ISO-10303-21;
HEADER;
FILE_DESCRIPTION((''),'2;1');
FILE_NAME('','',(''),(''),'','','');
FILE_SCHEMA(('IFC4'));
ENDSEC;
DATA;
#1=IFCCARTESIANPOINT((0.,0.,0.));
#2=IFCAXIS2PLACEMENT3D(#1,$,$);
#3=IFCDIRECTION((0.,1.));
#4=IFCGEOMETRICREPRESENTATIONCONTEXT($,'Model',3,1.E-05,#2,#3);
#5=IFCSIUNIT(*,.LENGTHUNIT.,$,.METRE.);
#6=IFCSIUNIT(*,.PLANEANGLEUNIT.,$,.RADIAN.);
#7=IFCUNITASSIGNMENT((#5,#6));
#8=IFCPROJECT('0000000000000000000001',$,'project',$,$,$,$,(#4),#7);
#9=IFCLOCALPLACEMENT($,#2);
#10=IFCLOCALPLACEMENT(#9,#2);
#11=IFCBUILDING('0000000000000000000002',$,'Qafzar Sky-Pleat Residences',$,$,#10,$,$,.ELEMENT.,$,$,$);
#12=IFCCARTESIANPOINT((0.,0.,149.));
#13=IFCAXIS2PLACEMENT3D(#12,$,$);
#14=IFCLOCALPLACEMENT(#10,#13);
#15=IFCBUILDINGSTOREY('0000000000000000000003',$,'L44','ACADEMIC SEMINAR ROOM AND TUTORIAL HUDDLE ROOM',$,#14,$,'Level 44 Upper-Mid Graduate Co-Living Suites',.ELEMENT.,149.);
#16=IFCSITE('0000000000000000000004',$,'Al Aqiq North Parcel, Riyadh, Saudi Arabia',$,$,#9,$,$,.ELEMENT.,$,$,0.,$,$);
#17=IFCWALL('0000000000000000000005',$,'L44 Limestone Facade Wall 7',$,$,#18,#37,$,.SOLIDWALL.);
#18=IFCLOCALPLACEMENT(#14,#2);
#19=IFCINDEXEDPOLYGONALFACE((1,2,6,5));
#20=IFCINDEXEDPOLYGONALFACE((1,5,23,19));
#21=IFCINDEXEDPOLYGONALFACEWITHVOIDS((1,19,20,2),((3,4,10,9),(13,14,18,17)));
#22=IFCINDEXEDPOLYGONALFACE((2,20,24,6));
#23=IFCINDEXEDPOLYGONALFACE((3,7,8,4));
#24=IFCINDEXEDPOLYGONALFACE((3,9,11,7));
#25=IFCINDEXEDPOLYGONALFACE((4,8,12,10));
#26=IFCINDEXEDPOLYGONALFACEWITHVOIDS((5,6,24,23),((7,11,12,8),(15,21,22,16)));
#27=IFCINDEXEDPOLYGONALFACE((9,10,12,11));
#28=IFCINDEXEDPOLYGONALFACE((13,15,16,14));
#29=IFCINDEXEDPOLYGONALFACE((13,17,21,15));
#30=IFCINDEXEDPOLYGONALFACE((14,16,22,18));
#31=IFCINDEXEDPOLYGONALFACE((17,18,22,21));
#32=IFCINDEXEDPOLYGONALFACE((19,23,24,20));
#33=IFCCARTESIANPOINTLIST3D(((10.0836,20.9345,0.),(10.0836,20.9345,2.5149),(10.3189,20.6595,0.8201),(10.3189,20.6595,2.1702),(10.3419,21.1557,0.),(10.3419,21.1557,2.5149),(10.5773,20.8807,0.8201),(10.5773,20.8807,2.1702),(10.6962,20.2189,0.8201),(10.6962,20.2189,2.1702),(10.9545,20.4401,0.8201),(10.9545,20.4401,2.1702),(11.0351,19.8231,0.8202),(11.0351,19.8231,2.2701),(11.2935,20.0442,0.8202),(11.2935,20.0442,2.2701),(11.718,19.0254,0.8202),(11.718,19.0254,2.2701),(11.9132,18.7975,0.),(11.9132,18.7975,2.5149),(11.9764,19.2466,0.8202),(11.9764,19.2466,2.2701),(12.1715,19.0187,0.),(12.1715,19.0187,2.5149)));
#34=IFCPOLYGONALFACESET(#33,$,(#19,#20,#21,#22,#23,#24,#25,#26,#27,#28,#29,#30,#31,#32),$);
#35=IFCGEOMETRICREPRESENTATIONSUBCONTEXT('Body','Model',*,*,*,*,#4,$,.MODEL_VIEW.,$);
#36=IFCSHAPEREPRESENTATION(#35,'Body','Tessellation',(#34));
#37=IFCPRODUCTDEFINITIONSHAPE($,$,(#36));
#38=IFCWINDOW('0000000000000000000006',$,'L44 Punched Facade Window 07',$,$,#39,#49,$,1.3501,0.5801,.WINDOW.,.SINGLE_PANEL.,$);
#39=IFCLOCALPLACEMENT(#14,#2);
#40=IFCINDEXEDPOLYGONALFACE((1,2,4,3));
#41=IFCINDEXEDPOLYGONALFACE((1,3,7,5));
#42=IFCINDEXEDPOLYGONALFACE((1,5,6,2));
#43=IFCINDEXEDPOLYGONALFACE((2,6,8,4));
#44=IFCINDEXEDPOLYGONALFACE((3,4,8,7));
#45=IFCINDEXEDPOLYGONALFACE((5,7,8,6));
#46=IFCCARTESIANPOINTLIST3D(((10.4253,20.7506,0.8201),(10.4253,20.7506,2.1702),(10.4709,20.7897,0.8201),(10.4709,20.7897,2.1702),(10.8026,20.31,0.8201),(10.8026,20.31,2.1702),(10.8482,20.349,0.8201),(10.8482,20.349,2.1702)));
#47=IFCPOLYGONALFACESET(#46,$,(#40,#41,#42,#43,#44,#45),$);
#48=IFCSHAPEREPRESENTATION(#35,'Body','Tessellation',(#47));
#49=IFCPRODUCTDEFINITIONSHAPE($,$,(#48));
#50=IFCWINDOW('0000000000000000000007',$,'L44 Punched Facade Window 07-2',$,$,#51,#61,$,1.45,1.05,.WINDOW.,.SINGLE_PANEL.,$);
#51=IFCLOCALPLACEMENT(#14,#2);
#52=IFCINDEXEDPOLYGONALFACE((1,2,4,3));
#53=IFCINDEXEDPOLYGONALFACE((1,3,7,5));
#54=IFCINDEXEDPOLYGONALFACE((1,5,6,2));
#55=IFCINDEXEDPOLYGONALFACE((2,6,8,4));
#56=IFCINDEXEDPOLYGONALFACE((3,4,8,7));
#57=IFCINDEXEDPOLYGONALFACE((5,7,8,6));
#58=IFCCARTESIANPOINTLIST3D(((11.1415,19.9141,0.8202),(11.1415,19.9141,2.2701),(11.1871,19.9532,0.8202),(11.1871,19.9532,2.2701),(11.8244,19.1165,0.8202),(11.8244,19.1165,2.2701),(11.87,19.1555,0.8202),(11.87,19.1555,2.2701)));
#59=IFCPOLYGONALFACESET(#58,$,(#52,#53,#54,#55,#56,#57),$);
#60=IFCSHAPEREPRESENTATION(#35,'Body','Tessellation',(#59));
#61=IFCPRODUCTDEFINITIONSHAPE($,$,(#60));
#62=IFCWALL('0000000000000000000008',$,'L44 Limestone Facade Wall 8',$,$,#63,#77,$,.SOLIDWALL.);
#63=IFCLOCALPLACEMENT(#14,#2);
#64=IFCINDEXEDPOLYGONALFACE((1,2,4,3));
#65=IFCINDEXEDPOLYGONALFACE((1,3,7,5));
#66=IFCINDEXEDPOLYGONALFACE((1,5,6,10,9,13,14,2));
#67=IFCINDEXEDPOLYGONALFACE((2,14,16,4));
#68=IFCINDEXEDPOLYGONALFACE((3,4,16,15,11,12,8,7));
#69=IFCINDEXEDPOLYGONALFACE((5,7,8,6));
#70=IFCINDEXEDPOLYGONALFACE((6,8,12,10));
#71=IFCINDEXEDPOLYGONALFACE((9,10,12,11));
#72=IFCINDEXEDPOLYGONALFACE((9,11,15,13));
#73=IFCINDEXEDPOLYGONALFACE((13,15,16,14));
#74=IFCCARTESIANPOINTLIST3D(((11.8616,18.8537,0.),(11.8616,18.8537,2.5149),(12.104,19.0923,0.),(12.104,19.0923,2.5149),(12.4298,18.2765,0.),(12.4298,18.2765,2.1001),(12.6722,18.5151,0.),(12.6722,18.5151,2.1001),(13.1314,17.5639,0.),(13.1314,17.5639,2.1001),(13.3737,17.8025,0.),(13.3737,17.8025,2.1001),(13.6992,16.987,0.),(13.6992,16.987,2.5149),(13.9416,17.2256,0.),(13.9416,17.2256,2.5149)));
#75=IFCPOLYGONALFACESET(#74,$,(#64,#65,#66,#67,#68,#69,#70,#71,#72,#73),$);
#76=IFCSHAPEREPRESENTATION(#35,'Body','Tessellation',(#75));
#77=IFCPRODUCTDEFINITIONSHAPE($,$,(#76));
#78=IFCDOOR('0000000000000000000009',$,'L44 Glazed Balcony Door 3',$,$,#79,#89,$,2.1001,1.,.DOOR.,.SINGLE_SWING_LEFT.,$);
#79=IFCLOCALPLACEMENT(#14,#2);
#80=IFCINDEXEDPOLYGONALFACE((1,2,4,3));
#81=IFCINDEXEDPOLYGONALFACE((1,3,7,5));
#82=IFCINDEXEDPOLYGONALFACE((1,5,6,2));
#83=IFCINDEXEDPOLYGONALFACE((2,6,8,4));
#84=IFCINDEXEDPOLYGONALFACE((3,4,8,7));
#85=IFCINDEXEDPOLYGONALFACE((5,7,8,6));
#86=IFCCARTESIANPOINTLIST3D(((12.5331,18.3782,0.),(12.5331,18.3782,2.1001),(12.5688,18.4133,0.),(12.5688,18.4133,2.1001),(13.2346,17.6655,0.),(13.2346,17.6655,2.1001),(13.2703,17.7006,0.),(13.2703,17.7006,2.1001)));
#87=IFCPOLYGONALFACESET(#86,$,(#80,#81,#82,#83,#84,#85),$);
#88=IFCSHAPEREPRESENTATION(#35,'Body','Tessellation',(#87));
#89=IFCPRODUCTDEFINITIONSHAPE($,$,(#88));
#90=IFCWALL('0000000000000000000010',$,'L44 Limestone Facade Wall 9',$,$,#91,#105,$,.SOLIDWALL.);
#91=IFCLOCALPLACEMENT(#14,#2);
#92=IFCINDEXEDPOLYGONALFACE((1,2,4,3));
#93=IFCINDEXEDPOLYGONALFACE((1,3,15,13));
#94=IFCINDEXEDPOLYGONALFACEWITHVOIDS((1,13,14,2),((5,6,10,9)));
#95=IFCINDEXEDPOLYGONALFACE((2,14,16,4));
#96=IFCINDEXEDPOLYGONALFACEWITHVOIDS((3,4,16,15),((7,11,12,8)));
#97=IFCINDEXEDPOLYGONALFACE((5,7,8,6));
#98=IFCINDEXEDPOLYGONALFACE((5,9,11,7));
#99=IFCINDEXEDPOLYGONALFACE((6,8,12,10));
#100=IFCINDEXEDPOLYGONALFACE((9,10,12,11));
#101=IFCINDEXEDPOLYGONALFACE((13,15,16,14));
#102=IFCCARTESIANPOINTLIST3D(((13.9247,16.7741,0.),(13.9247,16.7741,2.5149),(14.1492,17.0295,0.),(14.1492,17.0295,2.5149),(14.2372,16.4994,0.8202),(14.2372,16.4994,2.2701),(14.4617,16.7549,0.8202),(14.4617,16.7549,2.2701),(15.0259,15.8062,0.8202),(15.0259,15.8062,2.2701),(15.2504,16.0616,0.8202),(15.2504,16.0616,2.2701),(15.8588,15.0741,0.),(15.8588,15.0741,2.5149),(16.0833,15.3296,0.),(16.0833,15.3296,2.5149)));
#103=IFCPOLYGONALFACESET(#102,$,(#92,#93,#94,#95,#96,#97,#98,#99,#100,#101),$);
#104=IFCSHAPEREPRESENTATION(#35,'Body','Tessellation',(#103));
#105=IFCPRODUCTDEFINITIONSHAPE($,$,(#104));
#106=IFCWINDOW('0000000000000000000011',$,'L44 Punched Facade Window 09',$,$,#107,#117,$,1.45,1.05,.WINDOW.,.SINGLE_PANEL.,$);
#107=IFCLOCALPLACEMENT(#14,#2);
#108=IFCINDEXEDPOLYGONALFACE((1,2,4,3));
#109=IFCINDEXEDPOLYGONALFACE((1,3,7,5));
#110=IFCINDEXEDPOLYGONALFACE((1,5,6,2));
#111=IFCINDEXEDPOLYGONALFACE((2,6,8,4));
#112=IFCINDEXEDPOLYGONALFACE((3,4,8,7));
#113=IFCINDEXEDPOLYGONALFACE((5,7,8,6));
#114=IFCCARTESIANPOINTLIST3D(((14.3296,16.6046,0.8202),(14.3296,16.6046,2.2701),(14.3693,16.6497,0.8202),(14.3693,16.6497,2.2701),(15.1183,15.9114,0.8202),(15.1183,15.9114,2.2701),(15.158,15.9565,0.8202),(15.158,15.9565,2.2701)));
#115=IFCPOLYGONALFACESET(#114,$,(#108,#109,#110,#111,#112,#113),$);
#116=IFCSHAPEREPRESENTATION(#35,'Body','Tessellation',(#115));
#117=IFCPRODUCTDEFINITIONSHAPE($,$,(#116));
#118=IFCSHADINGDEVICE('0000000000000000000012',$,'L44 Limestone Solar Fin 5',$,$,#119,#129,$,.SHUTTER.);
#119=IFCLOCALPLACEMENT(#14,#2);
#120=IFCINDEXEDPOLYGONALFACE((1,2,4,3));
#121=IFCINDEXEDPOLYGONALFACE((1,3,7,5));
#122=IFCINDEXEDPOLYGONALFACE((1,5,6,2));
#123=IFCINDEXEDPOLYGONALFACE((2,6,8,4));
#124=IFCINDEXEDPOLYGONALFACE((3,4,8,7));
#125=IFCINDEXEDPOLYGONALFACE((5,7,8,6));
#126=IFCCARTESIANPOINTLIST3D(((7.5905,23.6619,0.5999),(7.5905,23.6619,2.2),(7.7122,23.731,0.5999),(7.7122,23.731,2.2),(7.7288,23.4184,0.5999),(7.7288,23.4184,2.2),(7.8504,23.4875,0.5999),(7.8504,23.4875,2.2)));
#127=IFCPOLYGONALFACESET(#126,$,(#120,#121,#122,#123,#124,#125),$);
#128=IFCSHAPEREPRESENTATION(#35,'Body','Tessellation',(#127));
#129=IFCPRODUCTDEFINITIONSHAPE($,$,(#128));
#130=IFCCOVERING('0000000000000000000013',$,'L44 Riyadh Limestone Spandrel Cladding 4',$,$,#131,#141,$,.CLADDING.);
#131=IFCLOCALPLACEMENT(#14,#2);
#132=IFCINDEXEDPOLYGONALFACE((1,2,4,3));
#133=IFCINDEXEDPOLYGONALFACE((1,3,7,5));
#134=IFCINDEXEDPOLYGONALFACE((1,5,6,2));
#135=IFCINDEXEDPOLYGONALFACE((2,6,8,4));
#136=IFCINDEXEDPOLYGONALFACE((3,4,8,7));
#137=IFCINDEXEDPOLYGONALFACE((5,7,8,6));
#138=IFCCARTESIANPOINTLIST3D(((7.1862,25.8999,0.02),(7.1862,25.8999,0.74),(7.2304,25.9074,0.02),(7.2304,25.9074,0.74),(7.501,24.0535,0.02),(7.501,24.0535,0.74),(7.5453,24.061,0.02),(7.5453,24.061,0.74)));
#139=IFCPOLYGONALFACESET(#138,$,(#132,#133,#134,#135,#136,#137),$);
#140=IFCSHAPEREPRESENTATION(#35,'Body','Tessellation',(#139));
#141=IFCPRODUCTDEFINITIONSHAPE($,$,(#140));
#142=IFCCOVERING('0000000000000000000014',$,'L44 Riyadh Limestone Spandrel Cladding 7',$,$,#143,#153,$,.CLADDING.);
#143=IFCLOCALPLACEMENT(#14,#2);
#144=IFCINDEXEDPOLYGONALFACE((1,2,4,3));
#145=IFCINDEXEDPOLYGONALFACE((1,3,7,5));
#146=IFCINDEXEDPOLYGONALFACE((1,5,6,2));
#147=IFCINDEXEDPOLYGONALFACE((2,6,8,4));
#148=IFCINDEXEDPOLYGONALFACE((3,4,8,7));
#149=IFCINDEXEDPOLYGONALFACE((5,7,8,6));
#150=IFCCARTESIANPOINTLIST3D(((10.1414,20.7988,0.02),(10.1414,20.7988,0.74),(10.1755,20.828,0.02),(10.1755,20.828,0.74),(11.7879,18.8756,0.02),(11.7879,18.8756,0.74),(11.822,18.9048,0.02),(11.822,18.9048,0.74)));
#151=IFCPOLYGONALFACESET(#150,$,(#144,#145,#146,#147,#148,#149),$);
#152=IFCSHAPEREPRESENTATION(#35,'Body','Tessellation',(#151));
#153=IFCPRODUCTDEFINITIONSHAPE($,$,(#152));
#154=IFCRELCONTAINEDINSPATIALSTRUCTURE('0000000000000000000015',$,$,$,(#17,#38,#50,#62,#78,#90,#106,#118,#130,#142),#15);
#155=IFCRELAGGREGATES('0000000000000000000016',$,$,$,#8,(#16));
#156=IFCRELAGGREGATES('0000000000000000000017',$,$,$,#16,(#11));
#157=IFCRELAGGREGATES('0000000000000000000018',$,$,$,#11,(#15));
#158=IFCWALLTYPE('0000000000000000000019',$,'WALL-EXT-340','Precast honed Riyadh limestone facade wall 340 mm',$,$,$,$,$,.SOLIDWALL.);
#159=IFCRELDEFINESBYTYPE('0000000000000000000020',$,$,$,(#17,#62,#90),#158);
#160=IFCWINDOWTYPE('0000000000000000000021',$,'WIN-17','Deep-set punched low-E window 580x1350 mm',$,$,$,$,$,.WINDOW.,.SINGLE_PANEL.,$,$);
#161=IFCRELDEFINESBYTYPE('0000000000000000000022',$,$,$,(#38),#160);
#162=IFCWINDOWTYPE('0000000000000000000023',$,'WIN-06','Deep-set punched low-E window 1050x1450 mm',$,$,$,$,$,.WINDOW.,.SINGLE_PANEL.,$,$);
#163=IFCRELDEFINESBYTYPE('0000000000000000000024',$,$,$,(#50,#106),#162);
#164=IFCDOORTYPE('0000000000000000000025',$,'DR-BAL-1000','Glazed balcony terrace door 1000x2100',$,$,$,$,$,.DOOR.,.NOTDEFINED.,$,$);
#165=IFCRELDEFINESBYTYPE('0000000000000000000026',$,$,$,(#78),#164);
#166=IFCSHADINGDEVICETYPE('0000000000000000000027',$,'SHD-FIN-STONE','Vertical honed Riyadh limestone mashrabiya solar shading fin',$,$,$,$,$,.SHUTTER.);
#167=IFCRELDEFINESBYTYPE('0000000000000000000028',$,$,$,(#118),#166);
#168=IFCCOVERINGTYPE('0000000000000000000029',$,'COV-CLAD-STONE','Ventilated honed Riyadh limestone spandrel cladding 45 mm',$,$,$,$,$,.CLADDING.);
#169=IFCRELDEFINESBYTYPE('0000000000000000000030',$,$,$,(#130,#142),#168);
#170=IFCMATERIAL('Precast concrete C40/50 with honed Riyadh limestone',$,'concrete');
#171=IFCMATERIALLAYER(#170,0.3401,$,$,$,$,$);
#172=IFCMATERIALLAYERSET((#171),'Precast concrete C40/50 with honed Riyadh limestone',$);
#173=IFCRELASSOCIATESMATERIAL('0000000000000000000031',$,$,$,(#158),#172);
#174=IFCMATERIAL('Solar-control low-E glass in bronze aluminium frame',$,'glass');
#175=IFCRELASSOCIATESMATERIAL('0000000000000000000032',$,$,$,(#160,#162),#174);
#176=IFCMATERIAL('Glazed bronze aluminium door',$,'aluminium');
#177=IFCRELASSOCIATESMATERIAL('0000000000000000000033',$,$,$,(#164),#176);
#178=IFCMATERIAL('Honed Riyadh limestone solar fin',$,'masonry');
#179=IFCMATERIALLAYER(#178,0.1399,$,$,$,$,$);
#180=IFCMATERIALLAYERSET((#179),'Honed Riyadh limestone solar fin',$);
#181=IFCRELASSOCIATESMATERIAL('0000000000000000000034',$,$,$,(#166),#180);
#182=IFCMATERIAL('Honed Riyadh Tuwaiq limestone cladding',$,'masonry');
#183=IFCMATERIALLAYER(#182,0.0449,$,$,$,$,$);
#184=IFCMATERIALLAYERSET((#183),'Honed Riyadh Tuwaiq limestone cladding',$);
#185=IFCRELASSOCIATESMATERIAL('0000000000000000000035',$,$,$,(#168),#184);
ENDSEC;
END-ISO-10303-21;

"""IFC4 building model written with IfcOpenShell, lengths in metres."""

from ifc_helpers import new_model, si_unit, direction, frame, frame_2d, origin, origin_2d, place, context, subcontext, project, spatial, rectangle, extrude, source, transform, mapped, material, layer, layer_set, type_object, element, fill, save


model = new_model("IFC4")

# Units and contexts
model_context = context("Model", 3, precision=1e-05, world=origin(), true_north=direction((0.0, 1.0)))
body_context = subcontext(model_context, "Body", "Model", "MODEL_VIEW")
ifc_project = project(units=[si_unit("LENGTHUNIT", "METRE"), si_unit("PLANEANGLEUNIT", "RADIAN")], contexts=[model_context])

# Site, building, storey
site_placement = place(None, origin())
site = spatial("IfcSite", under=ifc_project, at=site_placement, Name="Al Aqiq North Parcel, Riyadh, Saudi Arabia", CompositionType="ELEMENT", RefElevation=0.0)
building_placement = place(site_placement, origin())
building = spatial("IfcBuilding", under=site, at=building_placement, Name="Qafzar Sky-Pleat Residences", CompositionType="ELEMENT")
storey_placement = place(building_placement, frame((0.0, 0.0, 149.0)))
storey = spatial("IfcBuildingStorey", under=building, at=storey_placement, Name="L44", Description="ACADEMIC SEMINAR ROOM AND TUTORIAL HUDDLE ROOM", LongName="Level 44 Upper-Mid Graduate Co-Living Suites", CompositionType="ELEMENT", Elevation=149.0)

# Shared definitions
ifc_material_1 = material(Name="Precast concrete C40/50 with honed Riyadh limestone", Category="concrete")
ifc_layer_1 = layer(ifc_material_1, 0.3401)
ifc_layer_set_1 = layer_set([ifc_layer_1], Name="Precast concrete C40/50 with honed Riyadh limestone")
wall_type_1 = type_object("IfcWallType", Name="WALL-EXT-340", Description="Precast honed Riyadh limestone facade wall 340 mm", PredefinedType="SOLIDWALL", material=ifc_layer_set_1)
ifc_material_2 = material(Name="Solar-control low-E glass in bronze aluminium frame", Category="glass")

# Wall, openings, windows
wall_1_placement = place(storey_placement, frame((10.2126, 21.0452, 0.0), z_axis=(0.0, 0.0, 1.0), x_axis=(0.650362, -0.759624, 0.0)))
wall_1 = element("IfcWall", 1, at=wall_1_placement, inside=storey, type_object=wall_type_1, Name="L44 Limestone Facade Wall 7", PredefinedType="SOLIDWALL", context=body_context, shape_type="SweptSolid", body=[
    extrude(rectangle(XDim=2.8132, YDim=0.3401, at=frame_2d((1.4067, 0.0))), origin(), (0.0, 0.0, 1.0), 2.5149),
])
opening_1_placement = place(wall_1_placement, frame((0.3621, 0.0, 0.8201)))
opening_1 = element("IfcOpeningElement", 2, at=opening_1_placement, cuts=wall_1, PredefinedType="OPENING", context=body_context, shape_type="SweptSolid", body=[
    extrude(rectangle(XDim=0.5801, YDim=1.3501, at=frame_2d((0.29, 0.675))), frame((0.0, 0.1802, 0.0), z_axis=(0.0, -1.0, 0.0), x_axis=(1.0, 0.0, 0.0)), (0.0, 0.0, 1.0), 0.3601),
])
opening_2_placement = place(wall_1_placement, frame((1.4634, 0.0, 0.8201)))
opening_2 = element("IfcOpeningElement", 3, at=opening_2_placement, cuts=wall_1, PredefinedType="OPENING", context=body_context, shape_type="SweptSolid", body=[
    extrude(rectangle(XDim=1.05, YDim=1.45, at=frame_2d((0.5249, 0.7251))), frame((0.0, 0.1802, 0.0), z_axis=(0.0, -1.0, 0.0), x_axis=(1.0, 0.0, 0.0)), (0.0, 0.0, 1.0), 0.3601),
])
window_type_1 = type_object("IfcWindowType", Name="WIN-17", Description="Deep-set punched low-E window 580x1350 mm", PartitioningType="SINGLE_PANEL", PredefinedType="WINDOW", material=ifc_material_2)
shared_shape_1 = source(origin(), body_context, "Body", "SweptSolid", [
    extrude(rectangle(XDim=0.5801, YDim=1.3501, at=frame_2d((0.29, 0.675))), frame((0.0, 0.03, 0.0), z_axis=(0.0, -1.0, 0.0), x_axis=(1.0, 0.0, 0.0)), (0.0, 0.0, 1.0), 0.0601),
])
window_1_placement = place(opening_1_placement, origin())
window_1 = element("IfcWindow", 4, at=window_1_placement, inside=storey, type_object=window_type_1, Name="L44 Punched Facade Window 07", OverallHeight=1.3501, OverallWidth=0.5801, PartitioningType="SINGLE_PANEL", PredefinedType="WINDOW", context=body_context, shape_type="MappedRepresentation", body=[
    mapped(shared_shape_1, transform((0.0, 0.0, 0.0), x_axis=(1.0, 0.0, 0.0), y_axis=(0.0, 1.0, 0.0), z_axis=(0.0, 0.0, 1.0), scale=1.0)),
])
fill(opening_1, window_1)
window_type_2 = type_object("IfcWindowType", Name="WIN-06", Description="Deep-set punched low-E window 1050x1450 mm", PartitioningType="SINGLE_PANEL", PredefinedType="WINDOW", material=ifc_material_2)
shared_shape_2 = source(origin(), body_context, "Body", "SweptSolid", [
    extrude(rectangle(XDim=1.05, YDim=1.45, at=frame_2d((0.5249, 0.7251))), frame((0.0, 0.03, 0.0), z_axis=(0.0, -1.0, 0.0), x_axis=(1.0, 0.0, 0.0)), (0.0, 0.0, 1.0), 0.0601),
])
window_2_placement = place(opening_2_placement, origin())
window_2 = element("IfcWindow", 5, at=window_2_placement, inside=storey, type_object=window_type_2, Name="L44 Punched Facade Window 07-2", OverallHeight=1.45, OverallWidth=1.05, PartitioningType="SINGLE_PANEL", PredefinedType="WINDOW", context=body_context, shape_type="MappedRepresentation", body=[
    mapped(shared_shape_2, transform((0.0, 0.0, 0.0), x_axis=(1.0, 0.0, 0.0), y_axis=(0.0, 1.0, 0.0), z_axis=(0.0, 0.0, 1.0), scale=1.0)),
])
fill(opening_2, window_2)

# Wall, opening, door
wall_2_placement = place(storey_placement, frame((11.9829, 18.9729, 0.0), z_axis=(0.0, 0.0, 1.0), x_axis=(0.701539, -0.712631, 0.0)))
wall_2 = element("IfcWall", 6, at=wall_2_placement, inside=storey, type_object=wall_type_1, Name="L44 Limestone Facade Wall 8", PredefinedType="SOLIDWALL", context=body_context, shape_type="SweptSolid", body=[
    extrude(rectangle(XDim=2.6194, YDim=0.3401, at=frame_2d((1.3096, 0.0))), origin(), (0.0, 0.0, 1.0), 2.5149),
])
opening_3_placement = place(wall_2_placement, frame((0.8098, 0.0, 0.0)))
opening_3 = element("IfcOpeningElement", 7, at=opening_3_placement, cuts=wall_2, PredefinedType="OPENING", context=body_context, shape_type="SweptSolid", body=[
    extrude(rectangle(XDim=1.0, YDim=2.1001, at=frame_2d((0.5, 1.05))), frame((0.0, 0.1802, 0.0), z_axis=(0.0, -1.0, 0.0), x_axis=(1.0, 0.0, 0.0)), (0.0, 0.0, 1.0), 0.3601),
])
ifc_material_3 = material(Name="Glazed bronze aluminium door", Category="aluminium")
door_type = type_object("IfcDoorType", Name="DR-BAL-1000", Description="Glazed balcony terrace door 1000x2100", OperationType="NOTDEFINED", PredefinedType="DOOR", material=ifc_material_3)
shared_shape_3 = source(origin(), body_context, "Body", "SweptSolid", [
    extrude(rectangle(XDim=1.0, YDim=2.1001, at=frame_2d((0.5, 1.05))), frame((0.0, 0.0249, 0.0), z_axis=(0.0, -1.0, 0.0), x_axis=(1.0, 0.0, 0.0)), (0.0, 0.0, 1.0), 0.05),
])
door_placement = place(opening_3_placement, origin())
door = element("IfcDoor", 8, at=door_placement, inside=storey, type_object=door_type, Name="L44 Glazed Balcony Door 3", OperationType="SINGLE_SWING_LEFT", OverallHeight=2.1001, OverallWidth=1.0, PredefinedType="DOOR", context=body_context, shape_type="MappedRepresentation", body=[
    mapped(shared_shape_3, transform((0.0, 0.0, 0.0), x_axis=(1.0, 0.0, 0.0), y_axis=(0.0, 1.0, 0.0), z_axis=(0.0, 0.0, 1.0), scale=1.0)),
])
fill(opening_3, door)

# Wall, opening, window
wall_3_placement = place(storey_placement, frame((14.0369, 16.9019, 0.0), z_axis=(0.0, 0.0, 1.0), x_axis=(0.751106, -0.660181, 0.0)))
wall_3 = element("IfcWall", 9, at=wall_3_placement, inside=storey, type_object=wall_type_1, Name="L44 Limestone Facade Wall 9", PredefinedType="SOLIDWALL", context=body_context, shape_type="SweptSolid", body=[
    extrude(rectangle(XDim=2.575, YDim=0.3401, at=frame_2d((1.2876, 0.0))), origin(), (0.0, 0.0, 1.0), 2.5149),
])
opening_4_placement = place(wall_3_placement, frame((0.4163, 0.0, 0.8201)))
opening_4 = element("IfcOpeningElement", 10, at=opening_4_placement, cuts=wall_3, PredefinedType="OPENING", context=body_context, shape_type="SweptSolid", body=[
    extrude(rectangle(XDim=1.05, YDim=1.45, at=frame_2d((0.5249, 0.7251))), frame((0.0, 0.1802, 0.0), z_axis=(0.0, -1.0, 0.0), x_axis=(1.0, 0.0, 0.0)), (0.0, 0.0, 1.0), 0.3601),
])
window_3_placement = place(opening_4_placement, origin())
window_3 = element("IfcWindow", 11, at=window_3_placement, inside=storey, type_object=window_type_2, Name="L44 Punched Facade Window 09", OverallHeight=1.45, OverallWidth=1.05, PartitioningType="SINGLE_PANEL", PredefinedType="WINDOW", context=body_context, shape_type="MappedRepresentation", body=[
    mapped(shared_shape_2, transform((0.0, 0.0, 0.0), x_axis=(1.0, 0.0, 0.0), y_axis=(0.0, 1.0, 0.0), z_axis=(0.0, 0.0, 1.0), scale=1.0)),
])
fill(opening_4, window_3)

# Shading device
ifc_material_4 = material(Name="Honed Riyadh limestone solar fin", Category="masonry")
ifc_layer_2 = layer(ifc_material_4, 0.1399)
ifc_layer_set_2 = layer_set([ifc_layer_2], Name="Honed Riyadh limestone solar fin")
shading_device_type = type_object("IfcShadingDeviceType", Name="SHD-FIN-STONE", Description="Vertical honed Riyadh limestone mashrabiya solar shading fin", PredefinedType="SHUTTER", material=ifc_layer_set_2)
shared_shape_4 = source(origin(), body_context, "Body", "SweptSolid", [
    extrude(rectangle(XDim=0.1399, YDim=0.28, at=origin_2d()), origin(), (0.0, 0.0, 1.0), 1.6001),
])
shading_device_placement = place(storey_placement, frame((7.7205, 23.5747, 0.5999), z_axis=(0.0, 0.0, 1.0), x_axis=(-0.869615, -0.493731, 0.0)))
element("IfcShadingDevice", 12, at=shading_device_placement, inside=storey, type_object=shading_device_type, Name="L44 Limestone Solar Fin 5", PredefinedType="SHUTTER", context=body_context, shape_type="MappedRepresentation", body=[
    mapped(shared_shape_4, transform((0.0, 0.0, 0.0), x_axis=(1.0, 0.0, 0.0), y_axis=(0.0, 1.0, 0.0), z_axis=(0.0, 0.0, 1.0), scale=1.0)),
])

# Covering
ifc_material_5 = material(Name="Honed Riyadh Tuwaiq limestone cladding", Category="masonry")
ifc_layer_3 = layer(ifc_material_5, 0.0449)
ifc_layer_set_3 = layer_set([ifc_layer_3], Name="Honed Riyadh Tuwaiq limestone cladding")
covering_type = type_object("IfcCoveringType", Name="COV-CLAD-STONE", Description="Ventilated honed Riyadh limestone spandrel cladding 45 mm", PredefinedType="CLADDING", material=ifc_layer_set_3)
shared_shape_5 = source(origin(), body_context, "Body", "SweptSolid", [
    extrude(rectangle(XDim=1.873, YDim=0.0449, at=origin_2d()), origin(), (0.0, 0.0, 1.0), 0.72),
])
covering_1_placement = place(storey_placement, frame((7.3657, 24.9805, 0.02), z_axis=(0.0, 0.0, 1.0), x_axis=(0.168084, -0.985773, 0.0)))
element("IfcCovering", 13, at=covering_1_placement, inside=storey, type_object=covering_type, Name="L44 Riyadh Limestone Spandrel Cladding 4", PredefinedType="CLADDING", context=body_context, shape_type="MappedRepresentation", body=[
    mapped(shared_shape_5, transform((0.0, 0.0, 0.0), x_axis=(1.0, 0.0, 0.0), y_axis=(0.0, 1.0, 0.0), z_axis=(0.0, 0.0, 1.0), scale=1.0)),
])

# Covering
shared_shape_6 = source(origin(), body_context, "Body", "SweptSolid", [
    extrude(rectangle(XDim=2.5317, YDim=0.0449, at=origin_2d()), origin(), (0.0, 0.0, 1.0), 0.72),
])
covering_2_placement = place(storey_placement, frame((10.9817, 19.8518, 0.02), z_axis=(0.0, 0.0, 1.0), x_axis=(0.650338, -0.759645, 0.0)))
element("IfcCovering", 14, at=covering_2_placement, inside=storey, type_object=covering_type, Name="L44 Riyadh Limestone Spandrel Cladding 7", PredefinedType="CLADDING", context=body_context, shape_type="MappedRepresentation", body=[
    mapped(shared_shape_6, transform((0.0, 0.0, 0.0), x_axis=(1.0, 0.0, 0.0), y_axis=(0.0, 1.0, 0.0), z_axis=(0.0, 0.0, 1.0), scale=1.0)),
])

save(model, "model.ifc")
